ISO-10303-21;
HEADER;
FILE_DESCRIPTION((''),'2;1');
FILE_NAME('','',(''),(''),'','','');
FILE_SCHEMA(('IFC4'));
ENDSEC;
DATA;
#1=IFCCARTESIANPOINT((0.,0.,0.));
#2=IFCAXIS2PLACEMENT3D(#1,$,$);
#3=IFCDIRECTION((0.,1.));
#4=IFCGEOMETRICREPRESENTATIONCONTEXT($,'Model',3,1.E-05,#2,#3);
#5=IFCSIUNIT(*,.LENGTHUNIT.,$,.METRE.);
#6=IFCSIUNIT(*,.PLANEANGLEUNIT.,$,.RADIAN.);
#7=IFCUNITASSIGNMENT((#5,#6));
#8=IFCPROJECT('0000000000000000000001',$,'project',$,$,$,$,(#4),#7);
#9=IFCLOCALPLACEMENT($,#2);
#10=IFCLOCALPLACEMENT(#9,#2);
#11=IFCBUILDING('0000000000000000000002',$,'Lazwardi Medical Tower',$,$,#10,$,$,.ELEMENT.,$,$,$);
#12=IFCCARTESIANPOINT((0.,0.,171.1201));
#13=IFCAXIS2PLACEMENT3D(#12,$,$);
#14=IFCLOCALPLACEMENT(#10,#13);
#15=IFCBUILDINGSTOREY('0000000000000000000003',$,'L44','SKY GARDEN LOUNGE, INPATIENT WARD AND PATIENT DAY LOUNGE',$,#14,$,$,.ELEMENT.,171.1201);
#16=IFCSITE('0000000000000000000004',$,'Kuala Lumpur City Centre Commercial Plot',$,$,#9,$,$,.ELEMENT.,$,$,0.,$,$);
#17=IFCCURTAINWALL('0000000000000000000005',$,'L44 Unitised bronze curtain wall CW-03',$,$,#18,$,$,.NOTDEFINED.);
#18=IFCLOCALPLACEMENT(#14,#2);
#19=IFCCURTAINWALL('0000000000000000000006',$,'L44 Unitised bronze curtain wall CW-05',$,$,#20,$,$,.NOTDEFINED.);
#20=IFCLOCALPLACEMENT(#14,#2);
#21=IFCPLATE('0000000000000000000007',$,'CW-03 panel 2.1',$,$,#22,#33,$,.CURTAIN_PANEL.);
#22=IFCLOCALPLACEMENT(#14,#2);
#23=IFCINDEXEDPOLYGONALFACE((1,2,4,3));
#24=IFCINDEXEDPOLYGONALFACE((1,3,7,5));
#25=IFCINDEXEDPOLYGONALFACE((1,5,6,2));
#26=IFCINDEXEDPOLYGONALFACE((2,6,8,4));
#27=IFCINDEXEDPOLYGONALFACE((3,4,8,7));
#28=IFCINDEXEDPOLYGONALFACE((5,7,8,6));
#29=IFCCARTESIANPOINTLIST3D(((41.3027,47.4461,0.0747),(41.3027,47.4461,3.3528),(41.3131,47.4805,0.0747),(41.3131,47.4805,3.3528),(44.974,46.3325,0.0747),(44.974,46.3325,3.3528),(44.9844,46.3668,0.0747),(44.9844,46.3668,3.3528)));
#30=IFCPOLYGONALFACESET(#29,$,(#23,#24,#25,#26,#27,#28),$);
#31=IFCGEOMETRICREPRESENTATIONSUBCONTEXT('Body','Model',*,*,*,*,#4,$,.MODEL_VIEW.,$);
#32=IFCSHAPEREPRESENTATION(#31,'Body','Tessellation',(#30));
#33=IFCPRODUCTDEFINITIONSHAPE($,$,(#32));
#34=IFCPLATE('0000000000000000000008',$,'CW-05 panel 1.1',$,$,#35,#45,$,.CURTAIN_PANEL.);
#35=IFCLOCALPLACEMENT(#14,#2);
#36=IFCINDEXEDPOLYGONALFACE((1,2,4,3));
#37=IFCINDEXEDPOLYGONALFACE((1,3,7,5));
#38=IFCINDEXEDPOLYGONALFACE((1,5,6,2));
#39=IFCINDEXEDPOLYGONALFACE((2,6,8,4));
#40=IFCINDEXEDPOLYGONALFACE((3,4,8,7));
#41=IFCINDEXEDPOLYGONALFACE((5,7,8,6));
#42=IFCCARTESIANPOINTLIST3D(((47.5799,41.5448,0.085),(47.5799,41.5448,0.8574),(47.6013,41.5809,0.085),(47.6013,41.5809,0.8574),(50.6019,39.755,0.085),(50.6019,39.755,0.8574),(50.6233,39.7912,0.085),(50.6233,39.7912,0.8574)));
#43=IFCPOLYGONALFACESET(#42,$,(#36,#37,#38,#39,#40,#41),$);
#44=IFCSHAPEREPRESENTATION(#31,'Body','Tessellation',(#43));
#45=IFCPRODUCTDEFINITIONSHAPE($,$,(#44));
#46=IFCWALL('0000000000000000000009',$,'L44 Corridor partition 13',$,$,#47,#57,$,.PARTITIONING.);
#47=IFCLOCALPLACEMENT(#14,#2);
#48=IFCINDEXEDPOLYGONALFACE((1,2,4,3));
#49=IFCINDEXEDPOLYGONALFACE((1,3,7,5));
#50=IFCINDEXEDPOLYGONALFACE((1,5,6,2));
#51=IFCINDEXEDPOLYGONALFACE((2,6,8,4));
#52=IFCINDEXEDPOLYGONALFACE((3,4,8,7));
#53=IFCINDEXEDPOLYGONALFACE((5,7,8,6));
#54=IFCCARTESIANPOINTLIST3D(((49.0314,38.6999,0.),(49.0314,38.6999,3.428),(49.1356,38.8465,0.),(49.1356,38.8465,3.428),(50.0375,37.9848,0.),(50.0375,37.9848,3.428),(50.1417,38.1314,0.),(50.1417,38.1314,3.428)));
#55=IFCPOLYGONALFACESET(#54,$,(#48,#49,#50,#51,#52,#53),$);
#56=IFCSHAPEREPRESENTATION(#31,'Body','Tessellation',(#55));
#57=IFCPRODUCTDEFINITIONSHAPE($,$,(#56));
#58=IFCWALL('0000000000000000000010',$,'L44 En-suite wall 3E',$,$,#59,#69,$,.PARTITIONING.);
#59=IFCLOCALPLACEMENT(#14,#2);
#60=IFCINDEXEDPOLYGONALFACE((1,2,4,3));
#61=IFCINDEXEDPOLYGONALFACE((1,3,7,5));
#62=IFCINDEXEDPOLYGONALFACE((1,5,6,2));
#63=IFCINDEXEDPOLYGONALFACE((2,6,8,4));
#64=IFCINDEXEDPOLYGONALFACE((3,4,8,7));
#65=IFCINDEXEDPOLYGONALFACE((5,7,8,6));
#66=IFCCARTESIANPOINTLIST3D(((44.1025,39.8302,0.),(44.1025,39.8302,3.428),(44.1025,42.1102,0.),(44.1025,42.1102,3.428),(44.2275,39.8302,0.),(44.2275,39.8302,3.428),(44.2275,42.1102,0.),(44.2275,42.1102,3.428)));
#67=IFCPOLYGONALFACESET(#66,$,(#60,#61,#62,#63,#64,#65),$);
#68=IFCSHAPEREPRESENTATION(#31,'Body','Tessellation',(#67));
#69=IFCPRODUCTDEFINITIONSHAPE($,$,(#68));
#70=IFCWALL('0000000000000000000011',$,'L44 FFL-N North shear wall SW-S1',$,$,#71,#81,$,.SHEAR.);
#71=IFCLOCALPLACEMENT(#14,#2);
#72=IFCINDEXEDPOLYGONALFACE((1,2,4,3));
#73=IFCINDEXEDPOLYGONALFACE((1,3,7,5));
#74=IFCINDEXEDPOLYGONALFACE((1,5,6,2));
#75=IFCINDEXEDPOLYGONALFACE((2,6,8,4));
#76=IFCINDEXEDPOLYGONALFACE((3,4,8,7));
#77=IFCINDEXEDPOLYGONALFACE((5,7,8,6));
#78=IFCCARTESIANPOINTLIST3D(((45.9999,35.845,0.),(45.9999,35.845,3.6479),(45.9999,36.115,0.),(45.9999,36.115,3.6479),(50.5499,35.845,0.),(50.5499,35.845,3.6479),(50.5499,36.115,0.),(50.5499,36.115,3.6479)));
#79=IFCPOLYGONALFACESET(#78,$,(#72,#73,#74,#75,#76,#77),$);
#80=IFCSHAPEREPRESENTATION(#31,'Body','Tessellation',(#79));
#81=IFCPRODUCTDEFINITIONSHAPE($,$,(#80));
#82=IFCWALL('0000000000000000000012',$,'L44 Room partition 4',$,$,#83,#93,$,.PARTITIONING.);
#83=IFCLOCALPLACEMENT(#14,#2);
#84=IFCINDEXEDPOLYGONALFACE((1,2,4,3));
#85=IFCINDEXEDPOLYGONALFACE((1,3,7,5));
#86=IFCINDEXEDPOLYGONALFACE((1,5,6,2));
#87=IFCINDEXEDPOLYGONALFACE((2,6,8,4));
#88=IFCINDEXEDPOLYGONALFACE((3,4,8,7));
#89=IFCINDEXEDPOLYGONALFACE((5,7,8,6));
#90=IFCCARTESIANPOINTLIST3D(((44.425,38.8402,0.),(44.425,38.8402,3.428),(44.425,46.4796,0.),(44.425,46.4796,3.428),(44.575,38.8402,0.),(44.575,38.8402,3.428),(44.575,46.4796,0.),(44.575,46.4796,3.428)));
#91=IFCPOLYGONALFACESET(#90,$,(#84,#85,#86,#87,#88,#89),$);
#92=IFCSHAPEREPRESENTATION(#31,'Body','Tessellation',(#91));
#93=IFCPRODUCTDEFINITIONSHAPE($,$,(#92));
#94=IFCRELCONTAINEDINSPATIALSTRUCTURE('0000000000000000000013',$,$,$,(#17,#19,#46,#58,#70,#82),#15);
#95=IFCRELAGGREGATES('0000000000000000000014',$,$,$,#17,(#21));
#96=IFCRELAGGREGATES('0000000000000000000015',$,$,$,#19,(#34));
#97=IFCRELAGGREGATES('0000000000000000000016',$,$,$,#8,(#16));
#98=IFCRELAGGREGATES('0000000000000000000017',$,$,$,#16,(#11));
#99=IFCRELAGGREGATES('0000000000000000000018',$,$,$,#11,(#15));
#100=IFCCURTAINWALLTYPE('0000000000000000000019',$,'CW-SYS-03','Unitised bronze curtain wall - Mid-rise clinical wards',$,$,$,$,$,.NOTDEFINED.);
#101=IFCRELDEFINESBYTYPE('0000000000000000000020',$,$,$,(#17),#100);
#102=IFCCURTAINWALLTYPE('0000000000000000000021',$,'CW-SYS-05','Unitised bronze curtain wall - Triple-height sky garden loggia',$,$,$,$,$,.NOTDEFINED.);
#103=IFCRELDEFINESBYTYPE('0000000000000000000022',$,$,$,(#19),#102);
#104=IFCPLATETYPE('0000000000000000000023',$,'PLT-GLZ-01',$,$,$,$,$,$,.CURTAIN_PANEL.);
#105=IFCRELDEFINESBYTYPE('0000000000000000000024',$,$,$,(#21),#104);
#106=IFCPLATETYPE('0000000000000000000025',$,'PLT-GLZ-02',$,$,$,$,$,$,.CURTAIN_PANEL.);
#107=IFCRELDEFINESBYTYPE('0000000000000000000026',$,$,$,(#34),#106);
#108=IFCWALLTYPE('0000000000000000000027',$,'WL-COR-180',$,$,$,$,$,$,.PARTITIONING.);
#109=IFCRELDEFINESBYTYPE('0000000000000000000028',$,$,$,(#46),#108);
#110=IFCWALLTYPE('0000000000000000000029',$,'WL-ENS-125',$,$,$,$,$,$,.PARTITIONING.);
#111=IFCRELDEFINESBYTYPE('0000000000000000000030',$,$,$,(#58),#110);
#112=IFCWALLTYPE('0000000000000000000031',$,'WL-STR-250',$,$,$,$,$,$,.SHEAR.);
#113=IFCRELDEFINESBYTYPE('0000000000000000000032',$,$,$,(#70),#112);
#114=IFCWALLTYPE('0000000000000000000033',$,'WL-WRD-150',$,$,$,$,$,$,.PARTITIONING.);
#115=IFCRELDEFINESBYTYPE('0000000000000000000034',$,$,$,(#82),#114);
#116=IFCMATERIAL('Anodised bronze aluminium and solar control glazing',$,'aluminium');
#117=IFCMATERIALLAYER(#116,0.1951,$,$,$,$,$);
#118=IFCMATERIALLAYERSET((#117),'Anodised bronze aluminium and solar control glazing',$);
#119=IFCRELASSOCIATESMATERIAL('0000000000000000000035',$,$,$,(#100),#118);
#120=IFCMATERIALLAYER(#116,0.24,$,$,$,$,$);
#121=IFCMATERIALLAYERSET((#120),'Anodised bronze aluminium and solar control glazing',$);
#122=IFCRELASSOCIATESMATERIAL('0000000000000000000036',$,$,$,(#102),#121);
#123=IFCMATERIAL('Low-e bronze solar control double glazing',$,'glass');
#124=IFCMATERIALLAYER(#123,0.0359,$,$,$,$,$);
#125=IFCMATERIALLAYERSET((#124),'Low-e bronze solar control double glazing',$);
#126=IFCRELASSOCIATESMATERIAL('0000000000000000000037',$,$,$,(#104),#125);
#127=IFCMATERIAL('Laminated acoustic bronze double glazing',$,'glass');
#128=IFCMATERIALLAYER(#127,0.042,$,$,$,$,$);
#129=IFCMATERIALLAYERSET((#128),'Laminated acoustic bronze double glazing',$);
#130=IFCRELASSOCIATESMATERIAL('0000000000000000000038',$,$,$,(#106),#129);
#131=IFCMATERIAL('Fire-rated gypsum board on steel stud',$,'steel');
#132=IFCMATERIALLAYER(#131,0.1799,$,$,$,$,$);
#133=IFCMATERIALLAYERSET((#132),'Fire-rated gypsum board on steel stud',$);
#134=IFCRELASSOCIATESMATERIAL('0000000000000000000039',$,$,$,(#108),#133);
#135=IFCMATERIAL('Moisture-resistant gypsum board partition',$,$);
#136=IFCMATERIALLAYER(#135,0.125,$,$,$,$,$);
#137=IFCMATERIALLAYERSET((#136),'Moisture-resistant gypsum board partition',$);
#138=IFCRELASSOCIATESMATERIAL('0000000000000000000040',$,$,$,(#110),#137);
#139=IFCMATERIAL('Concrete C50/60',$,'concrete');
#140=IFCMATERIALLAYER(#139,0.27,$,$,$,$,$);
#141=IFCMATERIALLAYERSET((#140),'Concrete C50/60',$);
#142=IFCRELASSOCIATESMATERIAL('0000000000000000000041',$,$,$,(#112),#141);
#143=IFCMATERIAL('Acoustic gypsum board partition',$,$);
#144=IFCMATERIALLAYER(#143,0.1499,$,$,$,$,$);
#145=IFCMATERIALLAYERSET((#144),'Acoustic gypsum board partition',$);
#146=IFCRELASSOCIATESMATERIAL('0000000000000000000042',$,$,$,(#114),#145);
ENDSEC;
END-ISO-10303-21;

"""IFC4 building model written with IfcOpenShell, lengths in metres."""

from ifc_helpers import new_model, si_unit, direction, frame, frame_2d, origin, origin_2d, place, context, subcontext, project, spatial, rectangle, extrude, material, layer, layer_set, type_object, element, aggregate, save


model = new_model("IFC4")

# Units and contexts
model_context = context("Model", 3, precision=1e-05, world=origin(), true_north=direction((0.0, 1.0)))
body_context = subcontext(model_context, "Body", "Model", "MODEL_VIEW")
ifc_project = project(units=[si_unit("LENGTHUNIT", "METRE"), si_unit("PLANEANGLEUNIT", "RADIAN")], contexts=[model_context])

# Site, building, storey
site_placement = place(None, origin())
site = spatial("IfcSite", under=ifc_project, at=site_placement, Name="Kuala Lumpur City Centre Commercial Plot", CompositionType="ELEMENT", RefElevation=0.0)
building_placement = place(site_placement, origin())
building = spatial("IfcBuilding", under=site, at=building_placement, Name="Lazwardi Medical Tower", CompositionType="ELEMENT")
storey_placement = place(building_placement, frame((0.0, 0.0, 171.1201)))
storey = spatial("IfcBuildingStorey", under=building, at=storey_placement, Name="L44", Description="SKY GARDEN LOUNGE, INPATIENT WARD AND PATIENT DAY LOUNGE", CompositionType="ELEMENT", Elevation=171.1201)

# Curtain wall
ifc_material_1 = material(Name="Anodised bronze aluminium and solar control glazing", Category="aluminium")
ifc_layer_1 = layer(ifc_material_1, 0.1951)
ifc_layer_set_1 = layer_set([ifc_layer_1], Name="Anodised bronze aluminium and solar control glazing")
curtain_wall_type_1 = type_object("IfcCurtainWallType", Name="CW-SYS-03", Description="Unitised bronze curtain wall - Mid-rise clinical wards", PredefinedType="NOTDEFINED", material=ifc_layer_set_1)
curtain_wall_1_placement = place(storey_placement, origin())
curtain_wall_1 = element("IfcCurtainWall", 1, at=curtain_wall_1_placement, inside=storey, type_object=curtain_wall_type_1, Name="L44 Unitised bronze curtain wall CW-03", PredefinedType="NOTDEFINED")

# Curtain wall
ifc_layer_2 = layer(ifc_material_1, 0.24)
ifc_layer_set_2 = layer_set([ifc_layer_2], Name="Anodised bronze aluminium and solar control glazing")
curtain_wall_type_2 = type_object("IfcCurtainWallType", Name="CW-SYS-05", Description="Unitised bronze curtain wall - Triple-height sky garden loggia", PredefinedType="NOTDEFINED", material=ifc_layer_set_2)
curtain_wall_2_placement = place(storey_placement, origin())
curtain_wall_2 = element("IfcCurtainWall", 2, at=curtain_wall_2_placement, inside=storey, type_object=curtain_wall_type_2, Name="L44 Unitised bronze curtain wall CW-05", PredefinedType="NOTDEFINED")

# Plates
ifc_material_2 = material(Name="Low-e bronze solar control double glazing", Category="glass")
ifc_layer_3 = layer(ifc_material_2, 0.0359)
ifc_layer_set_3 = layer_set([ifc_layer_3], Name="Low-e bronze solar control double glazing")
plate_type_1 = type_object("IfcPlateType", Name="PLT-GLZ-01", PredefinedType="CURTAIN_PANEL", material=ifc_layer_set_3)
plate_1_placement = place(storey_placement, frame((43.1436, 46.9065, 0.0747), z_axis=(0.0, 0.0, 1.0), x_axis=(-0.956942, 0.290281, 0.0)))
plate_1 = element("IfcPlate", 3, at=plate_1_placement, type_object=plate_type_1, Name="CW-03 panel 2.1", PredefinedType="CURTAIN_PANEL", context=body_context, shape_type="SweptSolid", body=[
    extrude(rectangle(XDim=3.8364, YDim=0.0359, at=origin_2d()), origin(), (0.0, 0.0, 1.0), 3.2781),
])
aggregate(curtain_wall_1, [plate_1])
ifc_material_3 = material(Name="Laminated acoustic bronze double glazing", Category="glass")
ifc_layer_4 = layer(ifc_material_3, 0.042)
ifc_layer_set_4 = layer_set([ifc_layer_4], Name="Laminated acoustic bronze double glazing")
plate_type_2 = type_object("IfcPlateType", Name="PLT-GLZ-02", PredefinedType="CURTAIN_PANEL", material=ifc_layer_set_4)
plate_2_placement = place(storey_placement, frame((49.1016, 40.668, 0.085), z_axis=(0.0, 0.0, 1.0), x_axis=(-0.860429, 0.509571, 0.0)))
plate_2 = element("IfcPlate", 4, at=plate_2_placement, type_object=plate_type_2, Name="CW-05 panel 1.1", PredefinedType="CURTAIN_PANEL", context=body_context, shape_type="SweptSolid", body=[
    extrude(rectangle(XDim=3.5122, YDim=0.042, at=origin_2d()), origin(), (0.0, 0.0, 1.0), 0.7725),
])
aggregate(curtain_wall_2, [plate_2])

# Walls
ifc_material_4 = material(Name="Fire-rated gypsum board on steel stud", Category="steel")
ifc_layer_5 = layer(ifc_material_4, 0.1799)
ifc_layer_set_5 = layer_set([ifc_layer_5], Name="Fire-rated gypsum board on steel stud")
wall_type_1 = type_object("IfcWallType", Name="WL-COR-180", PredefinedType="PARTITIONING", material=ifc_layer_set_5)
wall_1_placement = place(storey_placement, frame((49.0835, 38.7732, 0.0), z_axis=(0.0, 0.0, 1.0), x_axis=(0.815094, -0.579328, 0.0)))
element("IfcWall", 5, at=wall_1_placement, inside=storey, type_object=wall_type_1, Name="L44 Corridor partition 13", PredefinedType="PARTITIONING", context=body_context, shape_type="SweptSolid", body=[
    extrude(rectangle(XDim=1.2344, YDim=0.1799, at=frame_2d((0.6172, 0.0))), origin(), (0.0, 0.0, 1.0), 3.428),
])
ifc_material_5 = material(Name="Moisture-resistant gypsum board partition")
ifc_layer_6 = layer(ifc_material_5, 0.125)
ifc_layer_set_6 = layer_set([ifc_layer_6], Name="Moisture-resistant gypsum board partition")
wall_type_2 = type_object("IfcWallType", Name="WL-ENS-125", PredefinedType="PARTITIONING", material=ifc_layer_set_6)
wall_2_placement = place(storey_placement, frame((44.165, 39.8301, 0.0), z_axis=(0.0, 0.0, 1.0), x_axis=(0.0, 1.0, 0.0)))
element("IfcWall", 6, at=wall_2_placement, inside=storey, type_object=wall_type_2, Name="L44 En-suite wall 3E", PredefinedType="PARTITIONING", context=body_context, shape_type="SweptSolid", body=[
    extrude(rectangle(XDim=2.28, YDim=0.125, at=frame_2d((1.1401, 0.0))), origin(), (0.0, 0.0, 1.0), 3.428),
])
ifc_material_6 = material(Name="Concrete C50/60", Category="concrete")
ifc_layer_7 = layer(ifc_material_6, 0.27)
ifc_layer_set_7 = layer_set([ifc_layer_7], Name="Concrete C50/60")
wall_type_3 = type_object("IfcWallType", Name="WL-STR-250", PredefinedType="SHEAR", material=ifc_layer_set_7)
wall_3_placement = place(storey_placement, frame((46.0, 35.98, 0.0), z_axis=(0.0, 0.0, 1.0), x_axis=(1.0, 0.0, 0.0)))
element("IfcWall", 7, at=wall_3_placement, inside=storey, type_object=wall_type_3, Name="L44 FFL-N North shear wall SW-S1", PredefinedType="SHEAR", context=body_context, shape_type="SweptSolid", body=[
    extrude(rectangle(XDim=4.55, YDim=0.27, at=frame_2d((2.2749, 0.0))), origin(), (0.0, 0.0, 1.0), 3.6479),
])
ifc_material_7 = material(Name="Acoustic gypsum board partition")
ifc_layer_8 = layer(ifc_material_7, 0.1499)
ifc_layer_set_8 = layer_set([ifc_layer_8], Name="Acoustic gypsum board partition")
wall_type_4 = type_object("IfcWallType", Name="WL-WRD-150", PredefinedType="PARTITIONING", material=ifc_layer_set_8)
wall_4_placement = place(storey_placement, frame((44.5, 38.8401, 0.0), z_axis=(0.0, 0.0, 1.0), x_axis=(0.0, 1.0, 0.0)))
element("IfcWall", 8, at=wall_4_placement, inside=storey, type_object=wall_type_4, Name="L44 Room partition 4", PredefinedType="PARTITIONING", context=body_context, shape_type="SweptSolid", body=[
    extrude(rectangle(XDim=7.6394, YDim=0.1499, at=frame_2d((3.8198, 0.0))), origin(), (0.0, 0.0, 1.0), 3.428),
])

save(model, "model.ifc")
